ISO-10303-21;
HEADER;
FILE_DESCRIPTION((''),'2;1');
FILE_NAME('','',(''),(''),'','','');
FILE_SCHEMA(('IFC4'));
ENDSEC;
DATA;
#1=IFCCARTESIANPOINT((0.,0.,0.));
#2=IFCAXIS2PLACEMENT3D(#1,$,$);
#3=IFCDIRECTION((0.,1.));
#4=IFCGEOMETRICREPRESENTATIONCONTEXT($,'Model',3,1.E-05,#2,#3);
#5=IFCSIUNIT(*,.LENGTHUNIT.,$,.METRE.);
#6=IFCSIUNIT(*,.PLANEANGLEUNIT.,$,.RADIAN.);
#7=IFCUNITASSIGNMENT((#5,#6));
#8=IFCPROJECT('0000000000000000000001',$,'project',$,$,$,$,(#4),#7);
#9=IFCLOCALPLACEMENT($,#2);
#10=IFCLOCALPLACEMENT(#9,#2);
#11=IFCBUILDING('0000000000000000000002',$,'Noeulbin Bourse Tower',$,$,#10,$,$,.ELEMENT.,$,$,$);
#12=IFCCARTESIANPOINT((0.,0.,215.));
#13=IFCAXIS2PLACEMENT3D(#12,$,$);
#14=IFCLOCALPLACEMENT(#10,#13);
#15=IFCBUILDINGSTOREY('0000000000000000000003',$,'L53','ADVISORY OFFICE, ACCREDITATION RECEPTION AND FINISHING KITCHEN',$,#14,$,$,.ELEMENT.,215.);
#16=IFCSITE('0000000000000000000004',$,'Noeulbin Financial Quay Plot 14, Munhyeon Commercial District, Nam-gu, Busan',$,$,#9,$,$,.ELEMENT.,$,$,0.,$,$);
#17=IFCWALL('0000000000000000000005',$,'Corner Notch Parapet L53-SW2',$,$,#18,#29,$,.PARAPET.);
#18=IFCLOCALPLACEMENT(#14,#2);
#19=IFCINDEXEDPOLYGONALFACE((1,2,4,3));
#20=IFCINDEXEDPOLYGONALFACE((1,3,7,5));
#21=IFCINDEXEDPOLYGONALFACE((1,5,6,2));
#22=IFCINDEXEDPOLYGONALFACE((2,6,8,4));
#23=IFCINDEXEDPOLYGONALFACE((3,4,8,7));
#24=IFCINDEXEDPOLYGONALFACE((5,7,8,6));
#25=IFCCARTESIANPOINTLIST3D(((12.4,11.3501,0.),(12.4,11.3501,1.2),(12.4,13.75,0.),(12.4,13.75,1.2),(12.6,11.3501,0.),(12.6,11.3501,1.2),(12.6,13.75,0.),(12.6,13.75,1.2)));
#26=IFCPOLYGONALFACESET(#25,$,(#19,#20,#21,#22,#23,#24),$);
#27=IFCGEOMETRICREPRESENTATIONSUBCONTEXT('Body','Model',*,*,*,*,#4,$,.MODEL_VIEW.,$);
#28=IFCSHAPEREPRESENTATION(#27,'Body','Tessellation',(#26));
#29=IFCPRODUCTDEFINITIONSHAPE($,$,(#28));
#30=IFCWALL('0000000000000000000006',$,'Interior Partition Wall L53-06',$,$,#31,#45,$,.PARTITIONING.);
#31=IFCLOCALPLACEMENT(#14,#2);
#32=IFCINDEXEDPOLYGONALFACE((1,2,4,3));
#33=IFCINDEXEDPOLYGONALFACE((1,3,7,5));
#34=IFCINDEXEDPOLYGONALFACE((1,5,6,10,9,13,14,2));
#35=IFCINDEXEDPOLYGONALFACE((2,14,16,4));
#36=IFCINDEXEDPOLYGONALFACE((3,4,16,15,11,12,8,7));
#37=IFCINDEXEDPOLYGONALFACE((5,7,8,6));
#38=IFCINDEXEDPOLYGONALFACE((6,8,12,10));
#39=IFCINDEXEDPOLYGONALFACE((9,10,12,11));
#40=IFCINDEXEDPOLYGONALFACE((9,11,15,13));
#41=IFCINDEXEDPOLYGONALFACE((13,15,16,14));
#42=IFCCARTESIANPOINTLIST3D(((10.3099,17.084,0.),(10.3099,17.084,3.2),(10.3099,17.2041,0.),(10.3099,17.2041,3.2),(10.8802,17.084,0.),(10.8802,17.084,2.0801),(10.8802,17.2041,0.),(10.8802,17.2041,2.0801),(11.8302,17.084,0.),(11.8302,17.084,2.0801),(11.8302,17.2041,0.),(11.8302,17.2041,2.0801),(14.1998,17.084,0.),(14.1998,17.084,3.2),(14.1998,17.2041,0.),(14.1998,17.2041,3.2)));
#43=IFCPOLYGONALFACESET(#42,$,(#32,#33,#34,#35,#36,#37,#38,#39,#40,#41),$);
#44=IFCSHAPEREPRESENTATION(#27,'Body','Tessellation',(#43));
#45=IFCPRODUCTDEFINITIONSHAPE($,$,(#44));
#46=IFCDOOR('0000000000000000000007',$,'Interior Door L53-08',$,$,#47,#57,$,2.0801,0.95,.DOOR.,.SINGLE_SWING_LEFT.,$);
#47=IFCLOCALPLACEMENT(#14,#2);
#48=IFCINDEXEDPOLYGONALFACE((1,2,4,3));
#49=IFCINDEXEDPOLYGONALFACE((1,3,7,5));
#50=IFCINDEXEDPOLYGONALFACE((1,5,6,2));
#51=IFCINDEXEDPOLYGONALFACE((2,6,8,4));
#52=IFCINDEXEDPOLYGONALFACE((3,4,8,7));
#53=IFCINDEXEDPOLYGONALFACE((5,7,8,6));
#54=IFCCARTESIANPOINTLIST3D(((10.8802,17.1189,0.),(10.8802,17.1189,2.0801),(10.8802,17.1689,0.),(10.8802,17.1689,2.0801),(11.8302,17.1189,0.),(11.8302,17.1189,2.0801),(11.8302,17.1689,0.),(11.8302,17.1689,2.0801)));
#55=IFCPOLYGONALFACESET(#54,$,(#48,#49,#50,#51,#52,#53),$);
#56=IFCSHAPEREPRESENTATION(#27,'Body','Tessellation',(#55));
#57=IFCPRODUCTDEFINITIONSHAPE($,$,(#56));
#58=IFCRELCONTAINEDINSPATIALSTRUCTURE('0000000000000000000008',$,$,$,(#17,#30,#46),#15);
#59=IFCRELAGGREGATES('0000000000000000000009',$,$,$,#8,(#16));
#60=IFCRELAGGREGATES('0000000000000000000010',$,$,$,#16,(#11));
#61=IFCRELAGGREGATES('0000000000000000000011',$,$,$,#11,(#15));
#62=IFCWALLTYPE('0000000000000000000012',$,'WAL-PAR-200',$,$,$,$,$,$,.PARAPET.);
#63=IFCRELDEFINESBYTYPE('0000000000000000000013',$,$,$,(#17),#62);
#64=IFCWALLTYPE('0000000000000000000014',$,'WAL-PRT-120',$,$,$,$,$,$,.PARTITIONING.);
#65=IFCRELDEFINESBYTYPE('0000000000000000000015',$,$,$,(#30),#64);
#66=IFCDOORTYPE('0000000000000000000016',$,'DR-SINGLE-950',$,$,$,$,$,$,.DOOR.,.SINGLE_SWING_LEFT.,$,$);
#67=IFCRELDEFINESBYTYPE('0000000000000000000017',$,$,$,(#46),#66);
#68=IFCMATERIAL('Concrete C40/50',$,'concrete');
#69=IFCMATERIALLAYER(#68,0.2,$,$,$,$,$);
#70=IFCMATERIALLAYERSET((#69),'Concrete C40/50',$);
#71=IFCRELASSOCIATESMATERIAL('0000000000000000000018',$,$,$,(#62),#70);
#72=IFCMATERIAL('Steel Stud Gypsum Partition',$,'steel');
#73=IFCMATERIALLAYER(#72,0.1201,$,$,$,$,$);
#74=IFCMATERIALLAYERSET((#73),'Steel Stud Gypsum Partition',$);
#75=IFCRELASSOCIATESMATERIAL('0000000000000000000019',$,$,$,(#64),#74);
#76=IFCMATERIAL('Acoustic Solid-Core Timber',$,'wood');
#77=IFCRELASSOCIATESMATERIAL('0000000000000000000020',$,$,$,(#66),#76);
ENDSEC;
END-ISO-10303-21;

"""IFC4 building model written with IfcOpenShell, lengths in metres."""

from ifc_helpers import new_model, si_unit, direction, frame, frame_2d, origin, place, context, subcontext, project, spatial, rectangle, extrude, material, layer, layer_set, type_object, element, fill, save


model = new_model("IFC4")

# Units and contexts
model_context = context("Model", 3, precision=1e-05, world=origin(), true_north=direction((0.0, 1.0)))
body_context = subcontext(model_context, "Body", "Model", "MODEL_VIEW")
ifc_project = project(units=[si_unit("LENGTHUNIT", "METRE"), si_unit("PLANEANGLEUNIT", "RADIAN")], contexts=[model_context])

# Site, building, storey
site_placement = place(None, origin())
site = spatial("IfcSite", under=ifc_project, at=site_placement, Name="Noeulbin Financial Quay Plot 14, Munhyeon Commercial District, Nam-gu, Busan", CompositionType="ELEMENT", RefElevation=0.0)
building_placement = place(site_placement, origin())
building = spatial("IfcBuilding", under=site, at=building_placement, Name="Noeulbin Bourse Tower", CompositionType="ELEMENT")
storey_placement = place(building_placement, frame((0.0, 0.0, 215.0)))
storey = spatial("IfcBuildingStorey", under=building, at=storey_placement, Name="L53", Description="ADVISORY OFFICE, ACCREDITATION RECEPTION AND FINISHING KITCHEN", CompositionType="ELEMENT", Elevation=215.0)

# Wall
ifc_material_1 = material(Name="Concrete C40/50", Category="concrete")
ifc_layer_1 = layer(ifc_material_1, 0.2)
ifc_layer_set_1 = layer_set([ifc_layer_1], Name="Concrete C40/50")
wall_type_1 = type_object("IfcWallType", Name="WAL-PAR-200", PredefinedType="PARAPET", material=ifc_layer_set_1)
for number, where, z_axis, x_axis, name in (
    (1, (12.5, 13.75, 0.0), (0.0, 0.0, 1.0), (0.0, -1.0, 0.0), "Corner Notch Parapet L53-SW2"),
):
    element("IfcWall", number, at=place(storey_placement, frame(where, z_axis=z_axis, x_axis=x_axis)), inside=storey, type_object=wall_type_1, Name=name, PredefinedType="PARAPET", context=body_context, shape_type="SweptSolid", body=[
        extrude(rectangle(XDim=2.3999, YDim=0.2, at=frame_2d((1.2, 0.0))), origin(), (0.0, 0.0, 1.0), 1.2),
    ])

# Wall, opening, door
ifc_material_2 = material(Name="Steel Stud Gypsum Partition", Category="steel")
ifc_layer_2 = layer(ifc_material_2, 0.1201)
ifc_layer_set_2 = layer_set([ifc_layer_2], Name="Steel Stud Gypsum Partition")
wall_type_2 = type_object("IfcWallType", Name="WAL-PRT-120", PredefinedType="PARTITIONING", material=ifc_layer_set_2)
wall_placement = place(storey_placement, frame((10.3101, 17.144, 0.0), z_axis=(0.0, 0.0, 1.0), x_axis=(1.0, 0.0, 0.0)))
wall = element("IfcWall", 2, at=wall_placement, inside=storey, type_object=wall_type_2, Name="Interior Partition Wall L53-06", PredefinedType="PARTITIONING", context=body_context, shape_type="SweptSolid", body=[
    extrude(rectangle(XDim=3.8899, YDim=0.1201, at=frame_2d((1.9448, 0.0))), origin(), (0.0, 0.0, 1.0), 3.2),
])
opening_placement = place(wall_placement, frame((0.5701, 0.0, 0.0)))
opening = element("IfcOpeningElement", 3, at=opening_placement, cuts=wall, PredefinedType="OPENING", context=body_context, shape_type="SweptSolid", body=[
    extrude(rectangle(XDim=0.95, YDim=2.0801, at=frame_2d((0.4751, 1.04))), frame((0.0, 0.0701, 0.0), z_axis=(0.0, -1.0, 0.0), x_axis=(1.0, 0.0, 0.0)), (0.0, 0.0, 1.0), 0.1401),
])
ifc_material_3 = material(Name="Acoustic Solid-Core Timber", Category="wood")
door_type = type_object("IfcDoorType", Name="DR-SINGLE-950", OperationType="SINGLE_SWING_LEFT", PredefinedType="DOOR", material=ifc_material_3)
door_placement = place(opening_placement, origin())
door = element("IfcDoor", 4, at=door_placement, inside=storey, type_object=door_type, Name="Interior Door L53-08", OperationType="SINGLE_SWING_LEFT", OverallHeight=2.0801, OverallWidth=0.95, PredefinedType="DOOR", context=body_context, shape_type="SweptSolid", body=[
    extrude(rectangle(XDim=0.95, YDim=2.0801, at=frame_2d((0.4751, 1.04))), frame((0.0, 0.0249, 0.0), z_axis=(0.0, -1.0, 0.0), x_axis=(1.0, 0.0, 0.0)), (0.0, 0.0, 1.0), 0.05),
])
fill(opening, door)

save(model, "model.ifc")
